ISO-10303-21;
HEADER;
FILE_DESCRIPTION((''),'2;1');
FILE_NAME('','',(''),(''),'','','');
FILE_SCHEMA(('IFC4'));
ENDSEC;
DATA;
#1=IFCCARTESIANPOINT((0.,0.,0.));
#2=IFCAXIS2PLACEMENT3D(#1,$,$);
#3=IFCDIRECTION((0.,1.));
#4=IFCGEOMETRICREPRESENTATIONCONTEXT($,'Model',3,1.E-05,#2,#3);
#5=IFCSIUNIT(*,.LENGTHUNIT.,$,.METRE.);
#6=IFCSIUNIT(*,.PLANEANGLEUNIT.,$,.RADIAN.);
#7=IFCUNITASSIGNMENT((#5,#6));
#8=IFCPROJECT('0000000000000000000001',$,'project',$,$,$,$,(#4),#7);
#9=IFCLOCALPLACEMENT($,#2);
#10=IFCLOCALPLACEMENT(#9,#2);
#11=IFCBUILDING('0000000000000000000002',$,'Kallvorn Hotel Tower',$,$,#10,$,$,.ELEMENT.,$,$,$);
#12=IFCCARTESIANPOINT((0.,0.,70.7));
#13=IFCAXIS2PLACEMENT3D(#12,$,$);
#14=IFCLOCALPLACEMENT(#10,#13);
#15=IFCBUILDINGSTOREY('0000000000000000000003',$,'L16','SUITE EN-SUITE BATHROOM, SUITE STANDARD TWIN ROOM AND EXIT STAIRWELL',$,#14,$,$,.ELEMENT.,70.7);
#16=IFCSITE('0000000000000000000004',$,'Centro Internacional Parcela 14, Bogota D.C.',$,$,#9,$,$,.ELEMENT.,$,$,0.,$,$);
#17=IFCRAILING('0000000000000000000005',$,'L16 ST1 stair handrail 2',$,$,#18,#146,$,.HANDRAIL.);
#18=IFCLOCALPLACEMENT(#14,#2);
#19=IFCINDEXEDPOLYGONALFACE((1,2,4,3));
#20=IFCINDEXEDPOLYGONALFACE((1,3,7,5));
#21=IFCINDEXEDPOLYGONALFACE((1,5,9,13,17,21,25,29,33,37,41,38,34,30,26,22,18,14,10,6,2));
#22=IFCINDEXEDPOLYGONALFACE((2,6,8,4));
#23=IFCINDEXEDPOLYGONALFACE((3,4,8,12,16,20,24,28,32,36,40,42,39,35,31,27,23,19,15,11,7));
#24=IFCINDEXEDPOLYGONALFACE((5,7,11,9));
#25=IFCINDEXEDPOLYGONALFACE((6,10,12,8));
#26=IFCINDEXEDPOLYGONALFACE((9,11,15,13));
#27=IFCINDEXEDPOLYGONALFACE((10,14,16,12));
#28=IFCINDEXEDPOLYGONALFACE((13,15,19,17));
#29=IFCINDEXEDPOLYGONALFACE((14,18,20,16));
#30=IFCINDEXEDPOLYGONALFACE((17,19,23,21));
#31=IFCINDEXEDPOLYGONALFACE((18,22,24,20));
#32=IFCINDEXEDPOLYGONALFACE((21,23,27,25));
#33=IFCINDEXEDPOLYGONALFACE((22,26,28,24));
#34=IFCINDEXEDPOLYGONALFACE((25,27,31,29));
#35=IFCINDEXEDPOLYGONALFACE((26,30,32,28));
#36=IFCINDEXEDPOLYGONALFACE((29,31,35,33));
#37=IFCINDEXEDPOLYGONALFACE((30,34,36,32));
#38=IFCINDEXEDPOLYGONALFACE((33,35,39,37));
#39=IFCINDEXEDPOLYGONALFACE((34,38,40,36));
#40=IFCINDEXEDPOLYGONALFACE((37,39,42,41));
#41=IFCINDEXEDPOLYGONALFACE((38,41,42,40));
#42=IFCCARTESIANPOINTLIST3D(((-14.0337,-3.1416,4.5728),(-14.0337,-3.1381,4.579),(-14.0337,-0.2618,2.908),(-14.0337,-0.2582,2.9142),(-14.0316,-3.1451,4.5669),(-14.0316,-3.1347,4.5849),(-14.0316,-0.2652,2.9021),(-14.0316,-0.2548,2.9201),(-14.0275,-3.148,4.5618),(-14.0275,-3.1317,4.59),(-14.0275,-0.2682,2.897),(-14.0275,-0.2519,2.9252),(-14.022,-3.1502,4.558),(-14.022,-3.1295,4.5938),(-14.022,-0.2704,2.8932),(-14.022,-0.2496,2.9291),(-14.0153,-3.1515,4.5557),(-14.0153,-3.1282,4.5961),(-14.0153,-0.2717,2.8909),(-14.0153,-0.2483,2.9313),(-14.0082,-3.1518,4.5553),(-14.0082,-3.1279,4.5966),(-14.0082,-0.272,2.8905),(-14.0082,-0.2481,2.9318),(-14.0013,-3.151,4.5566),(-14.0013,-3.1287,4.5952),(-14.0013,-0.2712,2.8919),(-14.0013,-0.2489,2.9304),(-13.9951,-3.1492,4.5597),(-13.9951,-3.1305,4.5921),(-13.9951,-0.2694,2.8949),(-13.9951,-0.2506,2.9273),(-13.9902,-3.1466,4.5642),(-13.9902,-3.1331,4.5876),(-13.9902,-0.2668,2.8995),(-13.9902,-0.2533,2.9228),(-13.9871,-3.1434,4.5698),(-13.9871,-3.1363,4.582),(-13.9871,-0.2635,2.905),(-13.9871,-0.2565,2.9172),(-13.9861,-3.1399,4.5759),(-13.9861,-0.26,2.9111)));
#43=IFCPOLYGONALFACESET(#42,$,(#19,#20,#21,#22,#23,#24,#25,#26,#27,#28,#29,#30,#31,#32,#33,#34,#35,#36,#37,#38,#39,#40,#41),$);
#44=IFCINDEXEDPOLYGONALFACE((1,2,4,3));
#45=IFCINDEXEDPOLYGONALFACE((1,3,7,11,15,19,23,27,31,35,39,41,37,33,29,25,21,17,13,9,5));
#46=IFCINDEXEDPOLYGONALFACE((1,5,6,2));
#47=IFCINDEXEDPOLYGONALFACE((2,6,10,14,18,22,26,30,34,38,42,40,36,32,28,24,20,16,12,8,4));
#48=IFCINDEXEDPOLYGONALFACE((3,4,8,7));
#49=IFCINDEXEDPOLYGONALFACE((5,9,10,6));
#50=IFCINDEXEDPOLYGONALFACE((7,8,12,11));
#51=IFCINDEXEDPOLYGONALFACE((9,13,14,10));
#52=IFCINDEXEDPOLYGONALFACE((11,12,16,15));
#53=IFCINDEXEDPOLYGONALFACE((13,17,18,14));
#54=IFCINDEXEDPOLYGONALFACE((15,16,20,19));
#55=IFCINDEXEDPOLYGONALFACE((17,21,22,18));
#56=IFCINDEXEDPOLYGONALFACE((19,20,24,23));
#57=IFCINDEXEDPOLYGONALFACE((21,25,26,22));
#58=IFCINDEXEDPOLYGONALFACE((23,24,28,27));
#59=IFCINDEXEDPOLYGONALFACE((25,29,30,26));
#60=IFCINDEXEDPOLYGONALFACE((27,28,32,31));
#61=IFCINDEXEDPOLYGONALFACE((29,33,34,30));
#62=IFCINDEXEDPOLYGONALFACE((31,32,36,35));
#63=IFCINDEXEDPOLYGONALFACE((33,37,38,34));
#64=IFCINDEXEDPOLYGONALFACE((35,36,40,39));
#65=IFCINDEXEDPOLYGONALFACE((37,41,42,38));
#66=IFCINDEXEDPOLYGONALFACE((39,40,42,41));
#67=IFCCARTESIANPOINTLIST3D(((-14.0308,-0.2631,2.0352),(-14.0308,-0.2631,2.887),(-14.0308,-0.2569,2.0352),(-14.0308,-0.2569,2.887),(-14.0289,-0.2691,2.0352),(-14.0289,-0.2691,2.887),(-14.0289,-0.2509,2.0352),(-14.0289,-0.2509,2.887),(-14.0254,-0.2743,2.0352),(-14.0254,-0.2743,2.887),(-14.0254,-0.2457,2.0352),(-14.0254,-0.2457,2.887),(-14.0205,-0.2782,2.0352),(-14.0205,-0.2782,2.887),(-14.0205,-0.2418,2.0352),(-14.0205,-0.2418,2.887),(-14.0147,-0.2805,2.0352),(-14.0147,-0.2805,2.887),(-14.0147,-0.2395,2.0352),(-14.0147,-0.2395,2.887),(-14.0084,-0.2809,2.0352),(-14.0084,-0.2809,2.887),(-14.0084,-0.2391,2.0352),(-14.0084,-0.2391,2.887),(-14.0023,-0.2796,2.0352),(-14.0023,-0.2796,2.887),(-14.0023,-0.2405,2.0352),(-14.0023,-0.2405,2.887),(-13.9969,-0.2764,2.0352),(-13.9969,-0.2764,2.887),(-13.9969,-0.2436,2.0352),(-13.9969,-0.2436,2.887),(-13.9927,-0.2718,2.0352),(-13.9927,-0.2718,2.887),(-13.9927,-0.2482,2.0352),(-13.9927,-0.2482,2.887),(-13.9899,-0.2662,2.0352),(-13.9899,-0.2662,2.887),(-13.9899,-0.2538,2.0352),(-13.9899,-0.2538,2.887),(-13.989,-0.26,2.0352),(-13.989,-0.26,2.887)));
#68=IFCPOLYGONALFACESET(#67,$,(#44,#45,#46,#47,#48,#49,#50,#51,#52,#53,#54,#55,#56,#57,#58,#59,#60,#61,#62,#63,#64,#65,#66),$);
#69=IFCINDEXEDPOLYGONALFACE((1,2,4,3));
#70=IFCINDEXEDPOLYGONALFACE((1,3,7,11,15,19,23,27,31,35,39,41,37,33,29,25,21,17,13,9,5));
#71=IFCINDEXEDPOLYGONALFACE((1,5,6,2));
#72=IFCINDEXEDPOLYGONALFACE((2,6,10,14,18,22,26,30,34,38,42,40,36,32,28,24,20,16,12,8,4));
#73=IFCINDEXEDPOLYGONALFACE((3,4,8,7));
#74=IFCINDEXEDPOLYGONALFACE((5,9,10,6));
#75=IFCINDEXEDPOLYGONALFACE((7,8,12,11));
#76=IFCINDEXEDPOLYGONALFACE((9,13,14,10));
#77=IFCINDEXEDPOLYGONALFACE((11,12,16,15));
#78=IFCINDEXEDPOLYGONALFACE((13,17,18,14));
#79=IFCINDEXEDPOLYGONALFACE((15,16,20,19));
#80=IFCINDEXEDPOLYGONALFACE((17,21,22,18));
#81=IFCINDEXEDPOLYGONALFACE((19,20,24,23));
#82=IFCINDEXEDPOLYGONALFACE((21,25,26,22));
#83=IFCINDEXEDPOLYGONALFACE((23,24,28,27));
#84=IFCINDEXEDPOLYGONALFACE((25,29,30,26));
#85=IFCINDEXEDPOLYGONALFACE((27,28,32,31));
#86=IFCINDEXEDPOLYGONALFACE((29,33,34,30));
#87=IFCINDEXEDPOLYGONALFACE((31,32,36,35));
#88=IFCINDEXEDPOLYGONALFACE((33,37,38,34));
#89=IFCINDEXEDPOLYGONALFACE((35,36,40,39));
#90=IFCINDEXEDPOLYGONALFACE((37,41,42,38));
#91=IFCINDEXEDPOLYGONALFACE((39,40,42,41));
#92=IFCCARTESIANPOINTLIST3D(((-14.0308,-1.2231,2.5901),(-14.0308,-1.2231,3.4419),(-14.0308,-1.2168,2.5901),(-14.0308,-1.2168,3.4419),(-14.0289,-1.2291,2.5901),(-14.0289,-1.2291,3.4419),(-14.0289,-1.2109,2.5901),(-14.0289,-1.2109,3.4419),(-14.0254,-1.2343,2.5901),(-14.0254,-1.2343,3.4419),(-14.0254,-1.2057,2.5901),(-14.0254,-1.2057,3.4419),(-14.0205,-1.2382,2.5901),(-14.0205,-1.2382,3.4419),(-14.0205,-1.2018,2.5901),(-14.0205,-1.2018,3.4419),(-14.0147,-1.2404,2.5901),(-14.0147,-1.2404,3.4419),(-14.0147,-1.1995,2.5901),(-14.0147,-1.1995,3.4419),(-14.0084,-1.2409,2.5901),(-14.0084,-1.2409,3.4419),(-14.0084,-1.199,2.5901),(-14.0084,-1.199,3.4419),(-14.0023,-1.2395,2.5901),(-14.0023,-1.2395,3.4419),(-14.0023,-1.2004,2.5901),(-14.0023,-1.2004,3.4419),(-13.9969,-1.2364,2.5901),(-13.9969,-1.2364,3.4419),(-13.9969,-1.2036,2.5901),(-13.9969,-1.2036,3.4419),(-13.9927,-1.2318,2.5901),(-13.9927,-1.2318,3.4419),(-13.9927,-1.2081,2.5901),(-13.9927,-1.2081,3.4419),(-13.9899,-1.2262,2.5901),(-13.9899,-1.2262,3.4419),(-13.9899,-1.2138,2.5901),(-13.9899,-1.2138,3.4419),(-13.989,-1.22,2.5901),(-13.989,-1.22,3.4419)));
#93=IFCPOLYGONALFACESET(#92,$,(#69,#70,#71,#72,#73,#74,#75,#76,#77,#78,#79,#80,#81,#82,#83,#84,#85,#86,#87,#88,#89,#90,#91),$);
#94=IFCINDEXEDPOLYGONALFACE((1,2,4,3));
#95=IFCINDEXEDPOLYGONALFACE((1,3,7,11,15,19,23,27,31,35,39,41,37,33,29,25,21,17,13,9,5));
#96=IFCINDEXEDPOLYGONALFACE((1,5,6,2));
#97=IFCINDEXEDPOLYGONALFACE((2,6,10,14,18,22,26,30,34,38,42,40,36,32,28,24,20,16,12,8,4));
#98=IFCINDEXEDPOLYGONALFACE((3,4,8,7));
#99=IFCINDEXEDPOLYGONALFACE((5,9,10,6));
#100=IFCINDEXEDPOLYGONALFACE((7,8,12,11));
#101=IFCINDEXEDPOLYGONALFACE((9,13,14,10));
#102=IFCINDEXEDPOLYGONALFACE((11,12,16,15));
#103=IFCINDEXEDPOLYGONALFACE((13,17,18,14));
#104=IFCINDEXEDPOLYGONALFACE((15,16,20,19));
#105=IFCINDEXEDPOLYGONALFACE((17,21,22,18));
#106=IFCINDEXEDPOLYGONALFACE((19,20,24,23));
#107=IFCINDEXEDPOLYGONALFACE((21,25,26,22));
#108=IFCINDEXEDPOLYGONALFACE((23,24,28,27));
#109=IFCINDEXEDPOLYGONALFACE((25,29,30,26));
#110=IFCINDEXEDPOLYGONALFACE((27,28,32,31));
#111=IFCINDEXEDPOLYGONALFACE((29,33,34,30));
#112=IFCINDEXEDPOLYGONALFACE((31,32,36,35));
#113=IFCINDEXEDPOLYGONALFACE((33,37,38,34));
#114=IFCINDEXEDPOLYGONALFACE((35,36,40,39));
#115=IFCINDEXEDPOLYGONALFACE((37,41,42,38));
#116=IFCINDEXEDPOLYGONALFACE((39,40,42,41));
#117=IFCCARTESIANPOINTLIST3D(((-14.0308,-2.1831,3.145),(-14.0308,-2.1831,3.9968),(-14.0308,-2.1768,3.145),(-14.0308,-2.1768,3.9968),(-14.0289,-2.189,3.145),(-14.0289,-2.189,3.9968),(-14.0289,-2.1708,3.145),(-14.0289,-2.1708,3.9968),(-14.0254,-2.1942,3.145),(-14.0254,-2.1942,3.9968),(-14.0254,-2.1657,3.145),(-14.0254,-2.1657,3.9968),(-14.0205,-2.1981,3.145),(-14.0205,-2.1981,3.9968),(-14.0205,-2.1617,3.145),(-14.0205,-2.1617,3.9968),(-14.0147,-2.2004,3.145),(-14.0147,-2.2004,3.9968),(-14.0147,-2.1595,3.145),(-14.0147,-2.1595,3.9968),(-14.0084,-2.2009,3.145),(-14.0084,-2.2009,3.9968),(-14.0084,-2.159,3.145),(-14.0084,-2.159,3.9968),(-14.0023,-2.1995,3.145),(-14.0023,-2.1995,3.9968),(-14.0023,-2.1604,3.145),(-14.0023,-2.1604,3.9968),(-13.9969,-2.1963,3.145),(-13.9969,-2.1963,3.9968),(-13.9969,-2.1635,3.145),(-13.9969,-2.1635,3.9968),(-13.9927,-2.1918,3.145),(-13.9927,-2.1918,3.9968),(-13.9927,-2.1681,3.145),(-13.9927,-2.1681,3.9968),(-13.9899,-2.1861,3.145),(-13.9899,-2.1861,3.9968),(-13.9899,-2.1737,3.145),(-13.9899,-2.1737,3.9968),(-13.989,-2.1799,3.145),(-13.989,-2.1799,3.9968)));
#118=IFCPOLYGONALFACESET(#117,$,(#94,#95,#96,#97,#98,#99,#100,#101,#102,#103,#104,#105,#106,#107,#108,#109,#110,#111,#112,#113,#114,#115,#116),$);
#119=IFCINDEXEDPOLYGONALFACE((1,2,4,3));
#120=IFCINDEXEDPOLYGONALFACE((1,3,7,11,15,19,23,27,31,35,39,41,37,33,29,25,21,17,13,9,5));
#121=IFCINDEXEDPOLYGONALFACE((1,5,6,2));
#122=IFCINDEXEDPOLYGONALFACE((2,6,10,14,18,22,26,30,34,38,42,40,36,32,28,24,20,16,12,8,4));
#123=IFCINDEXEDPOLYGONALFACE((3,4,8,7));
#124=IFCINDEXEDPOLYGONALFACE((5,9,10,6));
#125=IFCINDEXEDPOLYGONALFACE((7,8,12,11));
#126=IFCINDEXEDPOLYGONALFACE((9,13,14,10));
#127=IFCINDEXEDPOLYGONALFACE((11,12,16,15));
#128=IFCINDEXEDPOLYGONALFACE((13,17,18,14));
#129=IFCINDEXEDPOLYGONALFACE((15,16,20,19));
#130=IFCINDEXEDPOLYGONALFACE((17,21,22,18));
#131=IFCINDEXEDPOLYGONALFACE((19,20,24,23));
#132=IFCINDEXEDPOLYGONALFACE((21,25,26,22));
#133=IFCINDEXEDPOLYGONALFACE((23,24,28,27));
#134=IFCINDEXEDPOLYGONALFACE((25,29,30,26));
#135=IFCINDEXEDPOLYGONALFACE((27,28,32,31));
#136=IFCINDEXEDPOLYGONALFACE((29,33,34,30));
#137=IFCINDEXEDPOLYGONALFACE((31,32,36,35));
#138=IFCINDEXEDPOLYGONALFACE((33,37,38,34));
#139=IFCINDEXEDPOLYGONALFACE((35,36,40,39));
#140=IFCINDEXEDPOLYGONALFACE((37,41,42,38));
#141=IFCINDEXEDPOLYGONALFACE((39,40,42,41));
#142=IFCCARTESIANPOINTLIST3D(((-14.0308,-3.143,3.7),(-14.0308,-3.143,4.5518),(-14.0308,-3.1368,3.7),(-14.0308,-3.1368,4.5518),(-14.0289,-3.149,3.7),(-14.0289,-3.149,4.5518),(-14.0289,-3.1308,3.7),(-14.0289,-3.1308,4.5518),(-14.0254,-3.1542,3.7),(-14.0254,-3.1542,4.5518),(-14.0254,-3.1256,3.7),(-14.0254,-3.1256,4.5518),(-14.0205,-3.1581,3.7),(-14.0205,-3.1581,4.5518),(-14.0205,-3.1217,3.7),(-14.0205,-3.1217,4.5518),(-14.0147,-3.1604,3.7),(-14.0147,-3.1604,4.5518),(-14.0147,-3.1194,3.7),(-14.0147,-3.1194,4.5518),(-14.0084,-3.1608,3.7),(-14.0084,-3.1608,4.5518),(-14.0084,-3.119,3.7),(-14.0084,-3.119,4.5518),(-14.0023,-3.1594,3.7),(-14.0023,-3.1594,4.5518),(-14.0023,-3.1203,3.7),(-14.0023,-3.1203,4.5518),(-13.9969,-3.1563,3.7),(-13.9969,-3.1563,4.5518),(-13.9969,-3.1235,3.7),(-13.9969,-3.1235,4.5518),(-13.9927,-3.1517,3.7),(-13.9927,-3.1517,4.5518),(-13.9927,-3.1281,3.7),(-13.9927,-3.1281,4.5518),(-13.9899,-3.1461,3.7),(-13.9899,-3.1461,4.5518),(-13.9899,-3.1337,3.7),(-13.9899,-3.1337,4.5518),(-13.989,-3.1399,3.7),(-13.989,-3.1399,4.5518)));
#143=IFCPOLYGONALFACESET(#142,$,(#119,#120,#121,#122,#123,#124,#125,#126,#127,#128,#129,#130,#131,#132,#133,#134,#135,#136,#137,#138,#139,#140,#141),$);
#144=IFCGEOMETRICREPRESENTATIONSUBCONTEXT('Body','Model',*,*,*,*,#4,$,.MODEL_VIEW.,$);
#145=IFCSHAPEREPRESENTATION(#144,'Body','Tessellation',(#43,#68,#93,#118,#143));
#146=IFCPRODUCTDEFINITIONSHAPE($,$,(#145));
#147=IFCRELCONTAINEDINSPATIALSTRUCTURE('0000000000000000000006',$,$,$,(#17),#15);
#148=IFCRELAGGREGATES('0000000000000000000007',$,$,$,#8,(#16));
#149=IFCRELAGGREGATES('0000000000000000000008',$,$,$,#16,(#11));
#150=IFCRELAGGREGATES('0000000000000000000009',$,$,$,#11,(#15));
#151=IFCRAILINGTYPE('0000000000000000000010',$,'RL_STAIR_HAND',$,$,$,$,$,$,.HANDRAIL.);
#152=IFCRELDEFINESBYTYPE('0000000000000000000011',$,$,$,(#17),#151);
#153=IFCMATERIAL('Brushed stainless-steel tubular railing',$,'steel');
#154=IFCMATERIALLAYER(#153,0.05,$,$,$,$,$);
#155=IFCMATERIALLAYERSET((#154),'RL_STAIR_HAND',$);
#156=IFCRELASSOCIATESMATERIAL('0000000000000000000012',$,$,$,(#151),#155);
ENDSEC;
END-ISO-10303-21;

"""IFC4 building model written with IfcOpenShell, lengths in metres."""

from ifc_helpers import new_model, si_unit, direction, frame, origin, origin_2d, place, context, subcontext, project, spatial, circle, extrude, material, layer, layer_set, type_object, element, save


model = new_model("IFC4")

# Units and contexts
model_context = context("Model", 3, precision=1e-05, world=origin(), true_north=direction((0.0, 1.0)))
body_context = subcontext(model_context, "Body", "Model", "MODEL_VIEW")
ifc_project = project(units=[si_unit("LENGTHUNIT", "METRE"), si_unit("PLANEANGLEUNIT", "RADIAN")], contexts=[model_context])

# Site, building, storey
site_placement = place(None, origin())
site = spatial("IfcSite", under=ifc_project, at=site_placement, Name="Centro Internacional Parcela 14, Bogota D.C.", CompositionType="ELEMENT", RefElevation=0.0)
building_placement = place(site_placement, origin())
building = spatial("IfcBuilding", under=site, at=building_placement, Name="Kallvorn Hotel Tower", CompositionType="ELEMENT")
storey_placement = place(building_placement, frame((0.0, 0.0, 70.7)))
storey = spatial("IfcBuildingStorey", under=building, at=storey_placement, Name="L16", Description="SUITE EN-SUITE BATHROOM, SUITE STANDARD TWIN ROOM AND EXIT STAIRWELL", CompositionType="ELEMENT", Elevation=70.7)

# Railing
ifc_material_1 = material(Name="Brushed stainless-steel tubular railing", Category="steel")
ifc_layer_1 = layer(ifc_material_1, 0.05)
ifc_layer_set_1 = layer_set([ifc_layer_1], Name="RL_STAIR_HAND")
railing_type_1 = type_object("IfcRailingType", Name="RL_STAIR_HAND", PredefinedType="HANDRAIL", material=ifc_layer_set_1)
railing_1_placement = place(storey_placement, frame((-14.01, -0.26, 2.0352)))
element("IfcRailing", 1, at=railing_1_placement, inside=storey, type_object=railing_type_1, Name="L16 ST1 stair handrail 2", PredefinedType="HANDRAIL", context=body_context, shape_type="SweptSolid", body=[
    extrude(circle(Radius=0.0239, at=origin_2d()), frame((0.0, 0.0, 0.876), z_axis=(0.0, -0.865753, 0.500472), x_axis=(1.0, 0.0, 0.0)), (0.0, 0.0, 1.0), 3.3264),
    extrude(circle(Radius=0.021, at=origin_2d()), origin(), (0.0, 0.0, 1.0), 0.8518),
    extrude(circle(Radius=0.021, at=origin_2d()), frame((0.0, -0.96, 0.5549)), (0.0, 0.0, 1.0), 0.8518),
    extrude(circle(Radius=0.021, at=origin_2d()), frame((0.0, -1.9199, 1.1099)), (0.0, 0.0, 1.0), 0.8518),
    extrude(circle(Radius=0.021, at=origin_2d()), frame((0.0, -2.8799, 1.6648)), (0.0, 0.0, 1.0), 0.8518),
])

save(model, "model.ifc")
